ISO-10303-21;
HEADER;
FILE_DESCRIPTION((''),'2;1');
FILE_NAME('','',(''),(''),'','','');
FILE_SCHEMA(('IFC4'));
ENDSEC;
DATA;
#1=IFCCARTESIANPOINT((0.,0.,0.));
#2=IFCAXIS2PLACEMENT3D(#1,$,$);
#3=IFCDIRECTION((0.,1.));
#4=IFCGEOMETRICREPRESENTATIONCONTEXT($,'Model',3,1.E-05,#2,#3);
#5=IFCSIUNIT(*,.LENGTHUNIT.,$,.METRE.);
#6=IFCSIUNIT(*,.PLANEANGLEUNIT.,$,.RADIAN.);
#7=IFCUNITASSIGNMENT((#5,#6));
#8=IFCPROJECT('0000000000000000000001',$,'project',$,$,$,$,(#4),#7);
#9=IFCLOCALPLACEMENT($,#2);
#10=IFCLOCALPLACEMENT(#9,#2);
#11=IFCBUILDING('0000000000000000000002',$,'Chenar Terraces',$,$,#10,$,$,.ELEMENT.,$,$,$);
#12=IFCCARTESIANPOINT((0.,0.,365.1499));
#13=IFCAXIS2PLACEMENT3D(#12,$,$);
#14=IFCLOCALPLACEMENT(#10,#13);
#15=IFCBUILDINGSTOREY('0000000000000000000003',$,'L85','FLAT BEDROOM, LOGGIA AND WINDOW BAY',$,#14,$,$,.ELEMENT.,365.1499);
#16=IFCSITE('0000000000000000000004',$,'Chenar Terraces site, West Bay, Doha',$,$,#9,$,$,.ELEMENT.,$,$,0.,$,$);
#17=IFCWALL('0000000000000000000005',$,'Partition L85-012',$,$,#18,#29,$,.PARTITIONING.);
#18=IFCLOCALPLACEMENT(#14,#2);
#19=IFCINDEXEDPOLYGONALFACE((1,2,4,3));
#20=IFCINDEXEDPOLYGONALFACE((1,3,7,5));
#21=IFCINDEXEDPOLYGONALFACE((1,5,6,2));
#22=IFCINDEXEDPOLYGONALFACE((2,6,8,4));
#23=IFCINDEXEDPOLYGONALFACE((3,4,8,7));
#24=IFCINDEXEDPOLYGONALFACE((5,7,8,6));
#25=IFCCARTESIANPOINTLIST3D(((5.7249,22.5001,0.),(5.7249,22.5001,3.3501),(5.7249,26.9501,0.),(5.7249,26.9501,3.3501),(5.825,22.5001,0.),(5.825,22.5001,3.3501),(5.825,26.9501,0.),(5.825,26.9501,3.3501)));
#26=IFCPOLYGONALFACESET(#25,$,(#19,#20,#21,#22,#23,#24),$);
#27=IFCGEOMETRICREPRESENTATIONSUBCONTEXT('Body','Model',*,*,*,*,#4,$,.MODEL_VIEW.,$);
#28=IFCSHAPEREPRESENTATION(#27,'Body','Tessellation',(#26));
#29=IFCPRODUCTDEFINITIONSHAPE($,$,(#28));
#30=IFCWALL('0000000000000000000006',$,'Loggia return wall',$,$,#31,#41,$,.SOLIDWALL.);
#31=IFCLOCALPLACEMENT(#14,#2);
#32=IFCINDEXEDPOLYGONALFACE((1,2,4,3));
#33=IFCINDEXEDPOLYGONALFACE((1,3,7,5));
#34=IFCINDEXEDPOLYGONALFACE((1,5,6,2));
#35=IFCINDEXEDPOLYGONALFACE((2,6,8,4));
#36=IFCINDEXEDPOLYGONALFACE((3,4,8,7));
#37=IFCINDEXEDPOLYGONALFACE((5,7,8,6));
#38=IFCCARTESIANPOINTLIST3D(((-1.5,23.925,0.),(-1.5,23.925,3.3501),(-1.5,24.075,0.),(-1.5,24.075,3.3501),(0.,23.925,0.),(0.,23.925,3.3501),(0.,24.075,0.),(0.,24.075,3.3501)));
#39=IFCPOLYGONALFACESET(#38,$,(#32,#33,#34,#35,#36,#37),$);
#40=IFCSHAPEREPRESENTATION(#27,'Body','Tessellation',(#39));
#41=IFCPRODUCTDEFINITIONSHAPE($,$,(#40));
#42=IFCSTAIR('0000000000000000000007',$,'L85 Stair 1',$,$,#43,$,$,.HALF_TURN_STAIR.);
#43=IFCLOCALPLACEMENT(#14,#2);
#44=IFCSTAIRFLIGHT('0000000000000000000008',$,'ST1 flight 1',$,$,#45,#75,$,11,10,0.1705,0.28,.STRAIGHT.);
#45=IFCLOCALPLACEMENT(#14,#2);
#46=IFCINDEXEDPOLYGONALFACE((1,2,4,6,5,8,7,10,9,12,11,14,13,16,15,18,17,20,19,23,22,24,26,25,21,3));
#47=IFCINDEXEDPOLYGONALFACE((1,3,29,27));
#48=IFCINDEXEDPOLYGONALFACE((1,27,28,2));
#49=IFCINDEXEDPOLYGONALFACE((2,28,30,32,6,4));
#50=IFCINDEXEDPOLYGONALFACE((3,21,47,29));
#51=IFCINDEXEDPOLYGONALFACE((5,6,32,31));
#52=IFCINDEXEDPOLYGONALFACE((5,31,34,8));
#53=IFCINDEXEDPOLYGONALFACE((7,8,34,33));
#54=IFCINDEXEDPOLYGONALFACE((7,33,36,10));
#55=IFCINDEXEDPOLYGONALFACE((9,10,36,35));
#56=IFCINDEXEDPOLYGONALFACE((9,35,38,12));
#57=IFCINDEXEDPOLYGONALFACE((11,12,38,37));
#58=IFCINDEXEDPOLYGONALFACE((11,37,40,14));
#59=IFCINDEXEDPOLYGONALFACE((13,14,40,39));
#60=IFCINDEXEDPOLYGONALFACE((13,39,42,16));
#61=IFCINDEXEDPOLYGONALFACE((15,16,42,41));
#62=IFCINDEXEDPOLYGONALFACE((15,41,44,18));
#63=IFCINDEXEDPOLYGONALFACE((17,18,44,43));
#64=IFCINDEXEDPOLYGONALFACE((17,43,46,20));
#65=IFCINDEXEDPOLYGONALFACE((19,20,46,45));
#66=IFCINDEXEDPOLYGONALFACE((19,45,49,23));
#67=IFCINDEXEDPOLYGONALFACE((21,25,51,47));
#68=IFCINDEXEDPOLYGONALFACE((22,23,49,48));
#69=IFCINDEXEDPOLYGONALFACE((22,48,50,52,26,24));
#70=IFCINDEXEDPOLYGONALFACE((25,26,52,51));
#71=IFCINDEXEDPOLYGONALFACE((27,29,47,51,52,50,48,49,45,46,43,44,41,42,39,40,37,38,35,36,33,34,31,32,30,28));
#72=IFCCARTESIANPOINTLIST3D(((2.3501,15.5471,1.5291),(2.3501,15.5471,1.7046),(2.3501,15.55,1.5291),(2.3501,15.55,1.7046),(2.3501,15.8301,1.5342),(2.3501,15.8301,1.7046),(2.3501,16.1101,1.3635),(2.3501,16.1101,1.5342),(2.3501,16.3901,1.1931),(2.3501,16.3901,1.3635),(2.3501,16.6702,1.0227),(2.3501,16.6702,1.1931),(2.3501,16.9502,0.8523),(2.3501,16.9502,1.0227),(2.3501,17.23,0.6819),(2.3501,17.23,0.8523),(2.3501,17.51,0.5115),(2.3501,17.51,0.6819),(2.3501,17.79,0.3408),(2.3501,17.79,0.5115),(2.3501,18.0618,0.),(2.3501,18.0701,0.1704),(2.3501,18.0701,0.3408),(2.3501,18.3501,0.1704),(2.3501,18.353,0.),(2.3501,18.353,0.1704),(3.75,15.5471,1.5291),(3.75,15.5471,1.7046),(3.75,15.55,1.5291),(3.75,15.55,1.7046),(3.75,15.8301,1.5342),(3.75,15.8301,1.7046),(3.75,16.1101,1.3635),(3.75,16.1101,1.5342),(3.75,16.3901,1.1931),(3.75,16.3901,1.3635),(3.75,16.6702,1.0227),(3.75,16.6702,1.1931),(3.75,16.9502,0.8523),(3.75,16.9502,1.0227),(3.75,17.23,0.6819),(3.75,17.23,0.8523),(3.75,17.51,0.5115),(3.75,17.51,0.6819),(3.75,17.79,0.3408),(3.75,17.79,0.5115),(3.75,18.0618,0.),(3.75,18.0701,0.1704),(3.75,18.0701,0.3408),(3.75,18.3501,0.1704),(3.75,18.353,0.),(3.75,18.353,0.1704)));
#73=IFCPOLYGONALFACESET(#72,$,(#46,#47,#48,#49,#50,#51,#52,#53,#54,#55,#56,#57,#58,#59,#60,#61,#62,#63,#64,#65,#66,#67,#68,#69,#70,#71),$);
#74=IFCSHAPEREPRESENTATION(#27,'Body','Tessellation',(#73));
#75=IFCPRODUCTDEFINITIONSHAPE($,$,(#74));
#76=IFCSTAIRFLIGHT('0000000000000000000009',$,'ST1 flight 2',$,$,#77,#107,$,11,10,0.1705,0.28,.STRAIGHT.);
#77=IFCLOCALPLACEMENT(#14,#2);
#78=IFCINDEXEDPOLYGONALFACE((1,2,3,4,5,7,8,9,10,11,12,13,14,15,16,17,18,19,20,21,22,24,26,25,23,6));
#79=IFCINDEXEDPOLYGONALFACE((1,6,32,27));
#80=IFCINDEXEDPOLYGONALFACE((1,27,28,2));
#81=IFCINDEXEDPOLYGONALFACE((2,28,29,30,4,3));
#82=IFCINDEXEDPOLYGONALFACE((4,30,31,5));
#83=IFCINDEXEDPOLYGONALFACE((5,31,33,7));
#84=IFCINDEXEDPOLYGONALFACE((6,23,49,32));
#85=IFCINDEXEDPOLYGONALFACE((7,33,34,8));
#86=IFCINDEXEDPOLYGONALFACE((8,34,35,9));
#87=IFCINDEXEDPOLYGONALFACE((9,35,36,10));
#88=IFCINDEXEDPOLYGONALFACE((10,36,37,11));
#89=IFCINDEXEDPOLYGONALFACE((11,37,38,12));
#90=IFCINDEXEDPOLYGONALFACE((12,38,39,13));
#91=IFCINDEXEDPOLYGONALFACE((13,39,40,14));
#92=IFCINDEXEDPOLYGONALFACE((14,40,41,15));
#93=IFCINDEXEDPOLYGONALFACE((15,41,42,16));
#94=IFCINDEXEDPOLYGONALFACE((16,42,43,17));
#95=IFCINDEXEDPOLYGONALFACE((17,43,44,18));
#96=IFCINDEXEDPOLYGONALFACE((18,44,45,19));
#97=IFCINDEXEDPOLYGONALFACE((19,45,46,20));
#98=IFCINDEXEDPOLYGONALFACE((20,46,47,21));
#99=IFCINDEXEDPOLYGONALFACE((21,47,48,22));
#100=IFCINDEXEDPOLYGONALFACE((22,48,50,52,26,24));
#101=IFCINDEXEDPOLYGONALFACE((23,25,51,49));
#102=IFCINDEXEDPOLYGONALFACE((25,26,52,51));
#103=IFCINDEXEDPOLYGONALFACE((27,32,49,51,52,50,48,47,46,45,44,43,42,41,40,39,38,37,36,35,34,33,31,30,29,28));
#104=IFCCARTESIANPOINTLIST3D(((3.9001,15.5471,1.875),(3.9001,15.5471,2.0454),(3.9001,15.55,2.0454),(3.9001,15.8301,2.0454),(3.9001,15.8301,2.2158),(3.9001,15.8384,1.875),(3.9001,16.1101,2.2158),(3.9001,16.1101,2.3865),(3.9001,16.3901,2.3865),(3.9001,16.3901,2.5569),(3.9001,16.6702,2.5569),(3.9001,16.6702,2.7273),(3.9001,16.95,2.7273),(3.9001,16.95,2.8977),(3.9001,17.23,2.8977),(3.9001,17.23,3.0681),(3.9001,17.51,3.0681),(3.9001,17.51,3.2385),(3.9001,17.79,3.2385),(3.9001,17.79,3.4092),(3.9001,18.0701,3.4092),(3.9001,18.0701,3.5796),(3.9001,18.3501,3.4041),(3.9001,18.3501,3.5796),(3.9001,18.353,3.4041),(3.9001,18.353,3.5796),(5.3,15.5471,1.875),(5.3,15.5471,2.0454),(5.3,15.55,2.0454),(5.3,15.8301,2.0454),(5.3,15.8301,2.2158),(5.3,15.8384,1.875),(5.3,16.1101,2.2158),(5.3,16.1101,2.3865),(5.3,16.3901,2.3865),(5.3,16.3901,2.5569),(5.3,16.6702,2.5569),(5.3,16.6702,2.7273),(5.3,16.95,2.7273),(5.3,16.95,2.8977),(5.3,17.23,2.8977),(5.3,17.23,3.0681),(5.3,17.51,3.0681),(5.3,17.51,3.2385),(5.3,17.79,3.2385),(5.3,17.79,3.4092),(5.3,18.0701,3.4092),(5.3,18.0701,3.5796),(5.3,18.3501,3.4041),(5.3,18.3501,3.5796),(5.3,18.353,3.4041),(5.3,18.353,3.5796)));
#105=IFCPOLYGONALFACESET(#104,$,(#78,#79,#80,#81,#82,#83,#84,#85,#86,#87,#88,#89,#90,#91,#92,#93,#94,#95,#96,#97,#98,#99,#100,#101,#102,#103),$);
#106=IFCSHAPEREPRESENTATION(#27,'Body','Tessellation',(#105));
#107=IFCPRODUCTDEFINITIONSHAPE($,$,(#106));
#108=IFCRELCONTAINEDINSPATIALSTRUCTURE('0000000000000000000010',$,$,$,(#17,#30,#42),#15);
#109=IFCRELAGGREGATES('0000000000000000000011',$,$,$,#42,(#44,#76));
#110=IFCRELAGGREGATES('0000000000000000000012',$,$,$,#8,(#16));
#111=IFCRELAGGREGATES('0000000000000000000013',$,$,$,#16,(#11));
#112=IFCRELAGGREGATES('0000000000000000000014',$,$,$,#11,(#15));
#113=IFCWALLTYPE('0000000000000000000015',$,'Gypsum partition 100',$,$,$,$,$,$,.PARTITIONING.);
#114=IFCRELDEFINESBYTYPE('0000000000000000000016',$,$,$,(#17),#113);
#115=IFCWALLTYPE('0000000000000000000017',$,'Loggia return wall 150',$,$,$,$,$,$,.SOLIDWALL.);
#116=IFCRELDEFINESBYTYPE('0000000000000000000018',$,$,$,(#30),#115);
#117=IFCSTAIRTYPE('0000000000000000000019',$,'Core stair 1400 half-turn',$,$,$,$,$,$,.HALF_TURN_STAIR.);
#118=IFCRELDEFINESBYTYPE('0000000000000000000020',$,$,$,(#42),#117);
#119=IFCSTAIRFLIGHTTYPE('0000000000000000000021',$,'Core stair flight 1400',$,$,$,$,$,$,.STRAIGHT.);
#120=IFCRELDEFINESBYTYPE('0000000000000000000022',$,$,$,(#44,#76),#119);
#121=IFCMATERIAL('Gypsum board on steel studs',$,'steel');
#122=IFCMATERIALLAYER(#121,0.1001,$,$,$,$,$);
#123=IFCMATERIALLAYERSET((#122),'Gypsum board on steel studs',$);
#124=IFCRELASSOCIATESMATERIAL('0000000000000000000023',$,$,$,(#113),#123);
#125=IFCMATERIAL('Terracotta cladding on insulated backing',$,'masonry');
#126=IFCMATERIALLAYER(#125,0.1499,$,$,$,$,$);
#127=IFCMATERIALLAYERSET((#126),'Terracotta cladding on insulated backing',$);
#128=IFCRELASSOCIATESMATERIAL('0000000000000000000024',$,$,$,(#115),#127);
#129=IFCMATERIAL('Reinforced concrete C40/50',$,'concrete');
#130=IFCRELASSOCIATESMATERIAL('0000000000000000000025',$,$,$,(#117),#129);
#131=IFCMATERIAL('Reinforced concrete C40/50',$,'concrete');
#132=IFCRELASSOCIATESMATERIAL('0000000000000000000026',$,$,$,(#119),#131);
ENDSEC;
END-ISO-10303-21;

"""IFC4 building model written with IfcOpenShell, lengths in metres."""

from ifc_helpers import new_model, si_unit, direction, frame, frame_2d, origin, place, context, subcontext, project, spatial, polyline, rectangle, outline, extrude, material, layer, layer_set, type_object, element, aggregate, save


model = new_model("IFC4")

# Units and contexts
model_context = context("Model", 3, precision=1e-05, world=origin(), true_north=direction((0.0, 1.0)))
body_context = subcontext(model_context, "Body", "Model", "MODEL_VIEW")
ifc_project = project(units=[si_unit("LENGTHUNIT", "METRE"), si_unit("PLANEANGLEUNIT", "RADIAN")], contexts=[model_context])

# Site, building, storey
site_placement = place(None, origin())
site = spatial("IfcSite", under=ifc_project, at=site_placement, Name="Chenar Terraces site, West Bay, Doha", CompositionType="ELEMENT", RefElevation=0.0)
building_placement = place(site_placement, origin())
building = spatial("IfcBuilding", under=site, at=building_placement, Name="Chenar Terraces", CompositionType="ELEMENT")
storey_placement = place(building_placement, frame((0.0, 0.0, 365.1499)))
storey = spatial("IfcBuildingStorey", under=building, at=storey_placement, Name="L85", Description="FLAT BEDROOM, LOGGIA AND WINDOW BAY", CompositionType="ELEMENT", Elevation=365.1499)

# Shared definitions
ifc_material_1 = material(Name="Gypsum board on steel studs", Category="steel")
ifc_layer_1 = layer(ifc_material_1, 0.1001)
ifc_layer_set_1 = layer_set([ifc_layer_1], Name="Gypsum board on steel studs")
wall_type_1 = type_object("IfcWallType", Name="Gypsum partition 100", PredefinedType="PARTITIONING", material=ifc_layer_set_1)

# Walls
wall_1_placement = place(storey_placement, frame((5.7749, 22.5, 0.0), z_axis=(0.0, 0.0, 1.0), x_axis=(0.0, 1.0, 0.0)))
element("IfcWall", 1, at=wall_1_placement, inside=storey, type_object=wall_type_1, Name="Partition L85-012", PredefinedType="PARTITIONING", context=body_context, shape_type="SweptSolid", body=[
    extrude(rectangle(XDim=4.45, YDim=0.1001, at=frame_2d((2.2251, 0.0))), origin(), (0.0, 0.0, 1.0), 3.3501),
])
ifc_material_2 = material(Name="Terracotta cladding on insulated backing", Category="masonry")
ifc_layer_2 = layer(ifc_material_2, 0.1499)
ifc_layer_set_2 = layer_set([ifc_layer_2], Name="Terracotta cladding on insulated backing")
wall_type_2 = type_object("IfcWallType", Name="Loggia return wall 150", PredefinedType="SOLIDWALL", material=ifc_layer_set_2)
wall_2_placement = place(storey_placement, frame((-1.5, 24.0, 0.0), z_axis=(0.0, 0.0, 1.0), x_axis=(1.0, 0.0, 0.0)))
element("IfcWall", 2, at=wall_2_placement, inside=storey, type_object=wall_type_2, Name="Loggia return wall", PredefinedType="SOLIDWALL", context=body_context, shape_type="SweptSolid", body=[
    extrude(rectangle(XDim=1.5, YDim=0.1499, at=frame_2d((0.75, 0.0))), origin(), (0.0, 0.0, 1.0), 3.3501),
])

# Stair, stair flights
ifc_material_3 = material(Name="Reinforced concrete C40/50", Category="concrete")
stair_type = type_object("IfcStairType", Name="Core stair 1400 half-turn", PredefinedType="HALF_TURN_STAIR", material=ifc_material_3)
stair_placement = place(storey_placement, origin())
stair = element("IfcStair", 3, at=stair_placement, inside=storey, type_object=stair_type, Name="L85 Stair 1", PredefinedType="HALF_TURN_STAIR")
ifc_material_4 = material(Name="Reinforced concrete C40/50", Category="concrete")
stair_flight_type = type_object("IfcStairFlightType", Name="Core stair flight 1400", PredefinedType="STRAIGHT", material=ifc_material_4)
stair_flight_1_placement = place(storey_placement, frame((3.05, 18.3501, 0.0), z_axis=(0.0, 0.0, 1.0), x_axis=(0.0, -1.0, 0.0)))
stair_flight_1 = element("IfcStairFlight", 4, at=stair_flight_1_placement, type_object=stair_flight_type, Name="ST1 flight 1", NumberOfRisers=11, NumberOfTreads=10, PredefinedType="STRAIGHT", RiserHeight=0.1705, TreadLength=0.28, context=body_context, shape_type="SweptSolid", body=[
    extrude(outline(polyline([(-0.0029, 0.0), (-0.0029, 0.1704), (0.0, 0.1704), (0.28, 0.1704), (0.28, 0.3408), (0.5601, 0.3408), (0.5601, 0.5115), (0.8401, 0.5115), (0.8401, 0.6819), (1.1201, 0.6819), (1.1201, 0.8523), (1.3999, 0.8523), (1.3999, 1.0227), (1.6799, 1.0227), (1.6799, 1.1931), (1.96, 1.1931), (1.96, 1.3635), (2.24, 1.3635), (2.24, 1.5342), (2.52, 1.5342), (2.52, 1.7046), (2.8, 1.7046), (2.803, 1.7046), (2.803, 1.5291), (2.8, 1.5291), (0.2883, 0.0), (-0.0029, 0.0)])), frame((0.0, 0.7, 0.0), z_axis=(0.0, -1.0, 0.0), x_axis=(1.0, 0.0, 0.0)), (0.0, 0.0, 1.0), 1.3999),
])
stair_flight_2_placement = place(storey_placement, frame((4.6001, 15.55, 1.875), z_axis=(0.0, 0.0, 1.0), x_axis=(0.0, 1.0, 0.0)))
stair_flight_2 = element("IfcStairFlight", 5, at=stair_flight_2_placement, type_object=stair_flight_type, Name="ST1 flight 2", NumberOfRisers=11, NumberOfTreads=10, PredefinedType="STRAIGHT", RiserHeight=0.1705, TreadLength=0.28, context=body_context, shape_type="SweptSolid", body=[
    extrude(outline(polyline([(-0.0029, 0.0), (-0.0029, 0.1704), (0.0, 0.1704), (0.28, 0.1704), (0.28, 0.3408), (0.5601, 0.3408), (0.5601, 0.5115), (0.8401, 0.5115), (0.8401, 0.6819), (1.1201, 0.6819), (1.1201, 0.8523), (1.3999, 0.8523), (1.3999, 1.0227), (1.6799, 1.0227), (1.6799, 1.1931), (1.96, 1.1931), (1.96, 1.3635), (2.24, 1.3635), (2.24, 1.5342), (2.52, 1.5342), (2.52, 1.7046), (2.8, 1.7046), (2.803, 1.7046), (2.803, 1.5291), (2.8, 1.5291), (0.2883, 0.0), (-0.0029, 0.0)])), frame((0.0, 0.7, 0.0), z_axis=(0.0, -1.0, 0.0), x_axis=(1.0, 0.0, 0.0)), (0.0, 0.0, 1.0), 1.3999),
])
aggregate(stair, [stair_flight_1, stair_flight_2])

save(model, "model.ifc")
